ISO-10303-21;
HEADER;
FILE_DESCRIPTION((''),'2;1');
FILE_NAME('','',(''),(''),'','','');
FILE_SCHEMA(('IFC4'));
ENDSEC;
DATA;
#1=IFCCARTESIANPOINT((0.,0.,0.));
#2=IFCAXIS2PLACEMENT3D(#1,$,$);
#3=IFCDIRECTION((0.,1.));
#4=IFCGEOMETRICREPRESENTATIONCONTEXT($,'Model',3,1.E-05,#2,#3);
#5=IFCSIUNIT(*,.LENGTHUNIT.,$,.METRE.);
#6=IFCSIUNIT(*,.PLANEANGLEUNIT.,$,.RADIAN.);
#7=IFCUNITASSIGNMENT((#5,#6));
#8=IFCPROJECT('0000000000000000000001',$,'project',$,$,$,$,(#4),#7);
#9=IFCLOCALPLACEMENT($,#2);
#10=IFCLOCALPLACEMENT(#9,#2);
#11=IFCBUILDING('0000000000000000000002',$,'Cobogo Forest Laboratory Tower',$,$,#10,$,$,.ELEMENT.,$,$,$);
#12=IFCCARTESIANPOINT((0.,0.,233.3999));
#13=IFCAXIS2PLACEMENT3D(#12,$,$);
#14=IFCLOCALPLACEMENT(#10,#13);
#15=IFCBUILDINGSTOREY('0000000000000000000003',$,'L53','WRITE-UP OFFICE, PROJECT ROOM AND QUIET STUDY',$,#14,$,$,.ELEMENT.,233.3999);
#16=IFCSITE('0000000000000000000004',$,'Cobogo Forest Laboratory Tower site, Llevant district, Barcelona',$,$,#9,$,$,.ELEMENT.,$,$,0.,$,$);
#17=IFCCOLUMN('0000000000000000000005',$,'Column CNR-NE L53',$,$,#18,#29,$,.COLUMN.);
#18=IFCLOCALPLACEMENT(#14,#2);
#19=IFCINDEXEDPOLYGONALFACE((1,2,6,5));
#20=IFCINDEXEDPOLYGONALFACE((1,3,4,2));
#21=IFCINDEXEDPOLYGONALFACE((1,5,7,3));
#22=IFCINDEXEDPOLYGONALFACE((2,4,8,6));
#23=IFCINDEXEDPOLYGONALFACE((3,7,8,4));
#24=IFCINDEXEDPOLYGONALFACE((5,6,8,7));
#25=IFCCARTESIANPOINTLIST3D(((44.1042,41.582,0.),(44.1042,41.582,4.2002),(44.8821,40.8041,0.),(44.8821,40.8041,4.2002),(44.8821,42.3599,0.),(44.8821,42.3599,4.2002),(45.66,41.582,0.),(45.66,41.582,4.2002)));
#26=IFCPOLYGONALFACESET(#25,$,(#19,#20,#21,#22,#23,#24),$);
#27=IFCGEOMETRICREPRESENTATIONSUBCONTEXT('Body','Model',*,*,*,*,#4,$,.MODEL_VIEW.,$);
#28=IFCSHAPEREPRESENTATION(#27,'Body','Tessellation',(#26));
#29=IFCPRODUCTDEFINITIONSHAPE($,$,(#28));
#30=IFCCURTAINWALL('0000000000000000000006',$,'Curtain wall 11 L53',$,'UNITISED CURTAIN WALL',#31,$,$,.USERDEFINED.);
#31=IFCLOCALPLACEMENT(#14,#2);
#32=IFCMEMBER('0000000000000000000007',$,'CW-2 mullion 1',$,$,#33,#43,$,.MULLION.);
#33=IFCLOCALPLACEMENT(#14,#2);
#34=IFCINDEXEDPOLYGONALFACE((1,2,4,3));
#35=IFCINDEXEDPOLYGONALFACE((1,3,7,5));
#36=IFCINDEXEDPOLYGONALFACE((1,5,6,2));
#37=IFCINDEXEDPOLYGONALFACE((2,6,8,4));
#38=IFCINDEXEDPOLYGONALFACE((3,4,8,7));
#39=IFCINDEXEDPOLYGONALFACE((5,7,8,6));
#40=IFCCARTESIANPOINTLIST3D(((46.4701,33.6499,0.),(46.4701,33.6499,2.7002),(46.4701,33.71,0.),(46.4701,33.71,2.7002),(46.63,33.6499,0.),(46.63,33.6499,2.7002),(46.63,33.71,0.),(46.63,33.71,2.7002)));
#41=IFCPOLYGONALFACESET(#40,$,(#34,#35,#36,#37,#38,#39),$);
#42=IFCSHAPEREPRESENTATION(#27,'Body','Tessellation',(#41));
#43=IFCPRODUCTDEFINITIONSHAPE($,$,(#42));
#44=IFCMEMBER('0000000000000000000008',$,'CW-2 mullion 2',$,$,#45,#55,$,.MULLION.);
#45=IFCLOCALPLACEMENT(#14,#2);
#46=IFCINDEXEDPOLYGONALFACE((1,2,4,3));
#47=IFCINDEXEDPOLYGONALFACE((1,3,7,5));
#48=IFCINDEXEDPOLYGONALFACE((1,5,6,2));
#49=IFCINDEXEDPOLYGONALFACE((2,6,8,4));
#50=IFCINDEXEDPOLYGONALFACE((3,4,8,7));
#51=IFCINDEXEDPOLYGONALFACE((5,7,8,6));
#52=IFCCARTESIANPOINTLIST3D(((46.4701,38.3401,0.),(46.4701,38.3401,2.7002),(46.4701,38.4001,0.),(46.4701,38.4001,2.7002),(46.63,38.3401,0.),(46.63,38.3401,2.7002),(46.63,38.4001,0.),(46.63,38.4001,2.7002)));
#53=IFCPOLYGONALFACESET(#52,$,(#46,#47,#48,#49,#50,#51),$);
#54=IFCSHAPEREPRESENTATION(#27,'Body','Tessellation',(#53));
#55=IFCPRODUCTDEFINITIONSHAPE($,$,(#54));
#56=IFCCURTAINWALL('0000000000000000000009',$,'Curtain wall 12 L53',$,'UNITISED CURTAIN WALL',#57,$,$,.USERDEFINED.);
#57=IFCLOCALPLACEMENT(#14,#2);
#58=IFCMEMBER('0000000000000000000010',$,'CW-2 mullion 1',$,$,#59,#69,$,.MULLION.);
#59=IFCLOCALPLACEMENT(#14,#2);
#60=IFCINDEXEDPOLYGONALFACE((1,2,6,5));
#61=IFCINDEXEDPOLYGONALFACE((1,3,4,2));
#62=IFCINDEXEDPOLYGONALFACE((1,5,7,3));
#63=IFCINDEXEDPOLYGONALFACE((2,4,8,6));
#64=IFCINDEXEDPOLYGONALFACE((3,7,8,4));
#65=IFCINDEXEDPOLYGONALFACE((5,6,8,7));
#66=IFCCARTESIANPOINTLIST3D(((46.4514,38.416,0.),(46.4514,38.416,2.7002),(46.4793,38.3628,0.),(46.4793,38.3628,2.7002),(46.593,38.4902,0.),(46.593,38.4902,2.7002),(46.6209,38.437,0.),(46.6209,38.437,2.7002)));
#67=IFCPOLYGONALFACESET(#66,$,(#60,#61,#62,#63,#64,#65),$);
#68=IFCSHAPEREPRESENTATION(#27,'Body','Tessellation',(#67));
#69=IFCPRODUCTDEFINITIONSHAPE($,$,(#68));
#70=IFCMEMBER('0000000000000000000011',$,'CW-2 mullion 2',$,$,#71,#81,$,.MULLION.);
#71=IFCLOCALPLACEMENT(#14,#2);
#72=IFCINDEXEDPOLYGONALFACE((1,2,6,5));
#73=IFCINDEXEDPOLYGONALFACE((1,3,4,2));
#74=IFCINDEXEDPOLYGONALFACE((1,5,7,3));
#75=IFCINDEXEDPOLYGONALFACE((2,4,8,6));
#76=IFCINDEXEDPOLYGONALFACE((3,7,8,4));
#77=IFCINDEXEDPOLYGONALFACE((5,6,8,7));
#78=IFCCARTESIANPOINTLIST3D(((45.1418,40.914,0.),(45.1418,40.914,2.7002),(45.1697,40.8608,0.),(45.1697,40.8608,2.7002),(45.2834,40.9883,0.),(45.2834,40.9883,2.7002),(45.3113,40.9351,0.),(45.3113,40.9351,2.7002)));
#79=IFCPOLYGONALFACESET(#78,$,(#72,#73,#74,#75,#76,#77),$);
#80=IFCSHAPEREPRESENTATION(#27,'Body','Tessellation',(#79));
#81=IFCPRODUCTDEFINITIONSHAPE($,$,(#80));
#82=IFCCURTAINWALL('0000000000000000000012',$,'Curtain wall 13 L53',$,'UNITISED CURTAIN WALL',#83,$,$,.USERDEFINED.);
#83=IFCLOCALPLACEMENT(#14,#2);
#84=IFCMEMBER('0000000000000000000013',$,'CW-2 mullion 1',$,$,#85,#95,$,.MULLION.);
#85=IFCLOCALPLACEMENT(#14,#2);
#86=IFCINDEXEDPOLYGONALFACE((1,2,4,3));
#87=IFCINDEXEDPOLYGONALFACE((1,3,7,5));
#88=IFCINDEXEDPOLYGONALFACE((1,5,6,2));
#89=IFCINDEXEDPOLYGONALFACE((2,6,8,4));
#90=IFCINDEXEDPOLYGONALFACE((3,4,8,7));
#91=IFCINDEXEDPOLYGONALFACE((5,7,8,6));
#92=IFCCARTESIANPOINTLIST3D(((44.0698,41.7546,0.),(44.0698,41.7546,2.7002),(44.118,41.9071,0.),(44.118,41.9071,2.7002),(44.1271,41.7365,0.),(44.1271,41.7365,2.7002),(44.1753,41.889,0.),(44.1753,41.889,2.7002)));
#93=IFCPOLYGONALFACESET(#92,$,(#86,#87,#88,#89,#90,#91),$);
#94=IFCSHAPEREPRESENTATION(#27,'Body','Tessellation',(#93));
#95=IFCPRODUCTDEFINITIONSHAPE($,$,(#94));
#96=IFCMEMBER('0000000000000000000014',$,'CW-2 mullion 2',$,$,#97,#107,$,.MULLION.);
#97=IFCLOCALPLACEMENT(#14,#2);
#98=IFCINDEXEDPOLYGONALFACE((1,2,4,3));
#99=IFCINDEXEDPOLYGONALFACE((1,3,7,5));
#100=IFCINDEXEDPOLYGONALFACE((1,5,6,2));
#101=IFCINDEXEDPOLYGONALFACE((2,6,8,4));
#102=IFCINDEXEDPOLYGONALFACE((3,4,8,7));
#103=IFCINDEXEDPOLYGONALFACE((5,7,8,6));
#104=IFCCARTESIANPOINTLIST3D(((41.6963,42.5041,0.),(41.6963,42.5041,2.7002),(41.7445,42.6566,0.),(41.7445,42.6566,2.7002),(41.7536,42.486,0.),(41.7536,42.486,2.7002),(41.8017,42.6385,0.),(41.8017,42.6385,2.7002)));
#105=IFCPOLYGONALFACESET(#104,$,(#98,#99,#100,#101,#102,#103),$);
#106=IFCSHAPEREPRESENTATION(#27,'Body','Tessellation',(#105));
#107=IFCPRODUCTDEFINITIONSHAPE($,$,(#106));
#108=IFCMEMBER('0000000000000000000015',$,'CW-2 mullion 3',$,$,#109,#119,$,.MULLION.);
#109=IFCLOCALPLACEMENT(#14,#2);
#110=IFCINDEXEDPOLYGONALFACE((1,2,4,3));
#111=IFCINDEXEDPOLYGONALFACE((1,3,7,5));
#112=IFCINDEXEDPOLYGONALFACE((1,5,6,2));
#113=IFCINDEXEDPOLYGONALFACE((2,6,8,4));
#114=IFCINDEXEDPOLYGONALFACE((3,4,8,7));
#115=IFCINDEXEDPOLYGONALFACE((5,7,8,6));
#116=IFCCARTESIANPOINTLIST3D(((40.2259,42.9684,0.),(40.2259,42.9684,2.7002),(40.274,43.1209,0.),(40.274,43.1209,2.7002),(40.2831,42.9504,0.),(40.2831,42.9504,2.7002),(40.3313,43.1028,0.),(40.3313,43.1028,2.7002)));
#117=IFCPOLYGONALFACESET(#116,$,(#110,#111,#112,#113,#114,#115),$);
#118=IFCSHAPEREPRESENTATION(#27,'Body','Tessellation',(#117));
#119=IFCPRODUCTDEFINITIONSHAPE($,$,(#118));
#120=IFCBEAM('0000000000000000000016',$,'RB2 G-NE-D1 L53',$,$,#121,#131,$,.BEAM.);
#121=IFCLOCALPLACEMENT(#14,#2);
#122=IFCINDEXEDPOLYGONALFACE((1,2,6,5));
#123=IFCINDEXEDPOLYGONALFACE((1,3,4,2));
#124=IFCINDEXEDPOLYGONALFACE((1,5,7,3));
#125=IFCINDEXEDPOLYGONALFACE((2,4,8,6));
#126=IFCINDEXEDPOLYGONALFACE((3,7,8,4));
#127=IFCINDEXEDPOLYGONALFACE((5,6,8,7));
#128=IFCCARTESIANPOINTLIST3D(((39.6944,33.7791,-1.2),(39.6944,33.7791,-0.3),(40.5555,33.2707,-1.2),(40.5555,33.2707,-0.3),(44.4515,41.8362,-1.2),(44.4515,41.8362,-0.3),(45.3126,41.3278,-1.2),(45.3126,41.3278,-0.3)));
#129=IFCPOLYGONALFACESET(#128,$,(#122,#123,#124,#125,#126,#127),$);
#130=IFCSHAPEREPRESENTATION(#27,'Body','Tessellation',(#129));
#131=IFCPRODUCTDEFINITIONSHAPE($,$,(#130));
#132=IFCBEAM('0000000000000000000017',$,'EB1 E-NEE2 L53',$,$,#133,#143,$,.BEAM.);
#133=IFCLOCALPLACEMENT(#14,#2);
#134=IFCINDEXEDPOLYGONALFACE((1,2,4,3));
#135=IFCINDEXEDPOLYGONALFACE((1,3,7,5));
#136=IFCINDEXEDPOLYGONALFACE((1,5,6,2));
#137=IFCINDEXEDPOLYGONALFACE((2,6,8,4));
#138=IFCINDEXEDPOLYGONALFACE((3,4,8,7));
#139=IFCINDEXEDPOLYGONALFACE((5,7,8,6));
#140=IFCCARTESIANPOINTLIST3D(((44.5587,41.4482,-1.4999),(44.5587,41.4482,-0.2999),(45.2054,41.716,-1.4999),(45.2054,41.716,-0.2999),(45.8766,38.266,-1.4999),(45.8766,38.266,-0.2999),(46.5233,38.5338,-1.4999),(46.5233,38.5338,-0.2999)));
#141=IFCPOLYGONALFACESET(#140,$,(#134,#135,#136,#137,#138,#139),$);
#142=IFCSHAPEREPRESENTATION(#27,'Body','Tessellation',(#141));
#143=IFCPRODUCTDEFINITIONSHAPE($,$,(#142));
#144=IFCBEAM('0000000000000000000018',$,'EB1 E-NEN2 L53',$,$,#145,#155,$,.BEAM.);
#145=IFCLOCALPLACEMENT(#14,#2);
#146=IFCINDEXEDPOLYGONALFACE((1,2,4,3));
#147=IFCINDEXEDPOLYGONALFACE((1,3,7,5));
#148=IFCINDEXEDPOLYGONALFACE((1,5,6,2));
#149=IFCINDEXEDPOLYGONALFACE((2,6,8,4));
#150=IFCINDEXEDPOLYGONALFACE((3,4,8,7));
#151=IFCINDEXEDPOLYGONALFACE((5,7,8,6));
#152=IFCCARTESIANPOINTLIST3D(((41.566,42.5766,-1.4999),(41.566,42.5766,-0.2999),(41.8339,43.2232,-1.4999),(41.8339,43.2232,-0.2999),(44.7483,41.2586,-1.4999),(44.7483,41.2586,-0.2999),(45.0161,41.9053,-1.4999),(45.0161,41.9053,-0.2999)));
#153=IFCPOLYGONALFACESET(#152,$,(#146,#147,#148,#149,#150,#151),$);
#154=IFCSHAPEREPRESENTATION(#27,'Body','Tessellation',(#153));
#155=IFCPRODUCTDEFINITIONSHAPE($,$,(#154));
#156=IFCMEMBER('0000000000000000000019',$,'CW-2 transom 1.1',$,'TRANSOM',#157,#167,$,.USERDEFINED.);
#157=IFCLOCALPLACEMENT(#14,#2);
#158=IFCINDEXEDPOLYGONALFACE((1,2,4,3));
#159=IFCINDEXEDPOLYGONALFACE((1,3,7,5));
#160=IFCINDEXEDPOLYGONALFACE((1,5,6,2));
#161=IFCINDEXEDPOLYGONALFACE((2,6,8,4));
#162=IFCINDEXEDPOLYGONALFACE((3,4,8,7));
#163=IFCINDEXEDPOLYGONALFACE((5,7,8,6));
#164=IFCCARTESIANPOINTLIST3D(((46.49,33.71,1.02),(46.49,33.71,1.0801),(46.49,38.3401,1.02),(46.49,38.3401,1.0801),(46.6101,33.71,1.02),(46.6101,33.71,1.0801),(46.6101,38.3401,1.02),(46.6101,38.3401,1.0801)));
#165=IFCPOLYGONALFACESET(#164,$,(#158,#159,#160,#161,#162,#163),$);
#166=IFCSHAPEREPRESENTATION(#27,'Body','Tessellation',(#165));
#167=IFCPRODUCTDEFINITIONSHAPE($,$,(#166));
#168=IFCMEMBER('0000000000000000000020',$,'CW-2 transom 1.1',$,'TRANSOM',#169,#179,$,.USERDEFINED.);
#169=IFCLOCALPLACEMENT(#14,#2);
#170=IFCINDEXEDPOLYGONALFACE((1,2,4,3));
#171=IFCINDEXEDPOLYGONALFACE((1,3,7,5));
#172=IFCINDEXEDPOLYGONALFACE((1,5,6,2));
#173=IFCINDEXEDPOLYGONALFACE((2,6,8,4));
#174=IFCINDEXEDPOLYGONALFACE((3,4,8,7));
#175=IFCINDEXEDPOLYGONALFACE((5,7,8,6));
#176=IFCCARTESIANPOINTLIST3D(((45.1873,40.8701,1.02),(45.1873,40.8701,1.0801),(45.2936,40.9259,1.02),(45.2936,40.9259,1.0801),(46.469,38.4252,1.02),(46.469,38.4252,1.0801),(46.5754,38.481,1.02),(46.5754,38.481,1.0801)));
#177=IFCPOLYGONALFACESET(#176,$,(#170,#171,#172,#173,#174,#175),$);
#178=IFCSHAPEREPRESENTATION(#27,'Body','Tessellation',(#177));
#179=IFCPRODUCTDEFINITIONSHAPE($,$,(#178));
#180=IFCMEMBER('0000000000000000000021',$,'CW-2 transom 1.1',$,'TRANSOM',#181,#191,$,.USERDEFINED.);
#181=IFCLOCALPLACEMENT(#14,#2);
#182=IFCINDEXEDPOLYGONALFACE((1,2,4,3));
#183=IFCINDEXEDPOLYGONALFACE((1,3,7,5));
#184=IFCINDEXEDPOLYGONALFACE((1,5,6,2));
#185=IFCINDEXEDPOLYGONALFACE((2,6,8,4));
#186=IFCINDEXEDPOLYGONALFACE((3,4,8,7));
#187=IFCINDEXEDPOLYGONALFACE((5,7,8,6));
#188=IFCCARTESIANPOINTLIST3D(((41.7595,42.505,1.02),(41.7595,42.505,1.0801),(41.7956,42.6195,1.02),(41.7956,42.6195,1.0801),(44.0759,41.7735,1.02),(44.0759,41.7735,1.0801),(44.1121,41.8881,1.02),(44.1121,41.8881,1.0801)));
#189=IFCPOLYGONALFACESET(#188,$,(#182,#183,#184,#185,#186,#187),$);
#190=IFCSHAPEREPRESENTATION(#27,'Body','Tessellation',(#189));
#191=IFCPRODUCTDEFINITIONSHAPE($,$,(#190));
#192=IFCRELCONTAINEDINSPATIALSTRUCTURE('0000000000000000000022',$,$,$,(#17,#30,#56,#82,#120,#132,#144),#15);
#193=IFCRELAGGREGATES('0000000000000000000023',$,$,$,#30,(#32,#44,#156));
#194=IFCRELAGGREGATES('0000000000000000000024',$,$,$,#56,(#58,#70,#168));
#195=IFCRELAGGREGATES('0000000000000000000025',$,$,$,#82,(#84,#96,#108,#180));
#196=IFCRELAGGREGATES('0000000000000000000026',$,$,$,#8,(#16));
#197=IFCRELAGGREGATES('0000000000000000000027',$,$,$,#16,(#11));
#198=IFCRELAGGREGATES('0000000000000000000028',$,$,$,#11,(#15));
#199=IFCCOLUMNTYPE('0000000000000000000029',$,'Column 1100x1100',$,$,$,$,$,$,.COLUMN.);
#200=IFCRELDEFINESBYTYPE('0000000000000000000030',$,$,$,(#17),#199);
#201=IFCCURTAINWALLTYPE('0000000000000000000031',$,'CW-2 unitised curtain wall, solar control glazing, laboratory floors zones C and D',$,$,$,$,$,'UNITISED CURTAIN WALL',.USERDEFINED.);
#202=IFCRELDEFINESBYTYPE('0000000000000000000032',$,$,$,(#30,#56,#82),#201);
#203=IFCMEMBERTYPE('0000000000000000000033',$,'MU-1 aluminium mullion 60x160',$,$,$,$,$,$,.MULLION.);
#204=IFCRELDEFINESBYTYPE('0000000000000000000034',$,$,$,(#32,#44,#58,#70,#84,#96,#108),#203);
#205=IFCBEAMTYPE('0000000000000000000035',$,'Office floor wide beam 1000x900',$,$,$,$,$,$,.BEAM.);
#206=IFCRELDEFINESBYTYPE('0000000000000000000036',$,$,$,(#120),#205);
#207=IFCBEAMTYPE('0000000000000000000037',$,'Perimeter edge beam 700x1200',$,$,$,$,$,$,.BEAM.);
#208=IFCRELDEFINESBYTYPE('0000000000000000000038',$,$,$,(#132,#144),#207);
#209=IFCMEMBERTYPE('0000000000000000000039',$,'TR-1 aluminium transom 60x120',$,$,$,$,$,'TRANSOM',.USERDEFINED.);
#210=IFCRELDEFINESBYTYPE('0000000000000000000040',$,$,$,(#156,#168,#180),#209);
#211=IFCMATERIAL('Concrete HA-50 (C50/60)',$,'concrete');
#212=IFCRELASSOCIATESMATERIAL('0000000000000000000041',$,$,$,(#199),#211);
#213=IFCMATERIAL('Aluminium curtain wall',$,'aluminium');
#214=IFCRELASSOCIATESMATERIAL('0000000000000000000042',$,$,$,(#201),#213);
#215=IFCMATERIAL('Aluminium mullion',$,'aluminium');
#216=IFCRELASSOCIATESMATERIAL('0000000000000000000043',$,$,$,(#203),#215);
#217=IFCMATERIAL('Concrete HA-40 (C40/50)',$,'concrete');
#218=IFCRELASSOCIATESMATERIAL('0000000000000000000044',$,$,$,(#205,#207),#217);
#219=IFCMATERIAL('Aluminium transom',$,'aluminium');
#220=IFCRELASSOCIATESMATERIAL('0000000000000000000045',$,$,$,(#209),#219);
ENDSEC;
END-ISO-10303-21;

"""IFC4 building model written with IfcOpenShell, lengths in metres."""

from ifc_helpers import new_model, si_unit, direction, frame, origin, origin_2d, place, context, subcontext, project, spatial, rectangle, extrude, material, material_profile, profile_set, type_object, element, aggregate, save


model = new_model("IFC4")

# Units and contexts
model_context = context("Model", 3, precision=1e-05, world=origin(), true_north=direction((0.0, 1.0)))
body_context = subcontext(model_context, "Body", "Model", "MODEL_VIEW")
ifc_project = project(units=[si_unit("LENGTHUNIT", "METRE"), si_unit("PLANEANGLEUNIT", "RADIAN")], contexts=[model_context])

# Site, building, storey
site_placement = place(None, origin())
site = spatial("IfcSite", under=ifc_project, at=site_placement, Name="Cobogo Forest Laboratory Tower site, Llevant district, Barcelona", CompositionType="ELEMENT", RefElevation=0.0)
building_placement = place(site_placement, origin())
building = spatial("IfcBuilding", under=site, at=building_placement, Name="Cobogo Forest Laboratory Tower", CompositionType="ELEMENT")
storey_placement = place(building_placement, frame((0.0, 0.0, 233.3999)))
storey = spatial("IfcBuildingStorey", under=building, at=storey_placement, Name="L53", Description="WRITE-UP OFFICE, PROJECT ROOM AND QUIET STUDY", CompositionType="ELEMENT", Elevation=233.3999)

# Column
ifc_material_1 = material(Name="Concrete HA-50 (C50/60)", Category="concrete")
ifc_material_profile_1 = material_profile(ifc_material_1, rectangle(XDim=1.1001, YDim=1.1001, at=origin_2d()), Name="RC 1100x1100")
ifc_profile_set_1 = profile_set([ifc_material_profile_1], Name="Concrete HA-50 (C50/60)")
column_type = type_object("IfcColumnType", Name="Column 1100x1100", PredefinedType="COLUMN", material=ifc_profile_set_1)
column_placement = place(storey_placement, frame((44.8821, 41.582, 0.0), z_axis=(0.0, 0.0, 1.0), x_axis=(0.707107, 0.707107, 0.0)))
element("IfcColumn", 1, at=column_placement, inside=storey, type_object=column_type, Name="Column CNR-NE L53", PredefinedType="COLUMN", context=body_context, shape_type="SweptSolid", body=[
    extrude(rectangle(XDim=1.1001, YDim=1.1001, at=origin_2d()), origin(), (0.0, 0.0, 1.0), 4.2002),
])

# Curtain walls, members
ifc_material_2 = material(Name="Aluminium curtain wall", Category="aluminium")
curtain_wall_type = type_object("IfcCurtainWallType", Name="CW-2 unitised curtain wall, solar control glazing, laboratory floors zones C and D", ElementType="UNITISED CURTAIN WALL", PredefinedType="USERDEFINED", material=ifc_material_2)
curtain_wall_1_placement = place(storey_placement, origin())
curtain_wall_1 = element("IfcCurtainWall", 2, at=curtain_wall_1_placement, inside=storey, type_object=curtain_wall_type, Name="Curtain wall 11 L53", ObjectType="UNITISED CURTAIN WALL", PredefinedType="USERDEFINED")
ifc_material_3 = material(Name="Aluminium mullion", Category="aluminium")
ifc_material_profile_2 = material_profile(ifc_material_3, rectangle(XDim=0.0601, YDim=0.1599, at=origin_2d()), Name="AL 60x160")
ifc_profile_set_2 = profile_set([ifc_material_profile_2], Name="Aluminium mullion")
member_type_1 = type_object("IfcMemberType", Name="MU-1 aluminium mullion 60x160", PredefinedType="MULLION", material=ifc_profile_set_2)
member_1_placement = place(storey_placement, frame((46.55, 33.6799, 0.0), z_axis=(0.0, 0.0, 1.0), x_axis=(0.0, 1.0, 0.0)))
member_1 = element("IfcMember", 3, at=member_1_placement, type_object=member_type_1, Name="CW-2 mullion 1", PredefinedType="MULLION", context=body_context, shape_type="SweptSolid", body=[
    extrude(rectangle(XDim=0.0601, YDim=0.1599, at=origin_2d()), origin(), (0.0, 0.0, 1.0), 2.7002),
])
member_2_placement = place(storey_placement, frame((46.55, 38.3701, 0.0), z_axis=(0.0, 0.0, 1.0), x_axis=(0.0, 1.0, 0.0)))
member_2 = element("IfcMember", 4, at=member_2_placement, type_object=member_type_1, Name="CW-2 mullion 2", PredefinedType="MULLION", context=body_context, shape_type="SweptSolid", body=[
    extrude(rectangle(XDim=0.0601, YDim=0.1599, at=origin_2d()), origin(), (0.0, 0.0, 1.0), 2.7002),
])
curtain_wall_2_placement = place(storey_placement, origin())
curtain_wall_2 = element("IfcCurtainWall", 5, at=curtain_wall_2_placement, inside=storey, type_object=curtain_wall_type, Name="Curtain wall 12 L53", ObjectType="UNITISED CURTAIN WALL", PredefinedType="USERDEFINED")
member_3_placement = place(storey_placement, frame((46.5361, 38.4265, 0.0), z_axis=(0.0, 0.0, 1.0), x_axis=(-0.464284, 0.885686, 0.0)))
member_3 = element("IfcMember", 6, at=member_3_placement, type_object=member_type_1, Name="CW-2 mullion 1", PredefinedType="MULLION", context=body_context, shape_type="SweptSolid", body=[
    extrude(rectangle(XDim=0.0601, YDim=0.1599, at=origin_2d()), origin(), (0.0, 0.0, 1.0), 2.7002),
])
member_4_placement = place(storey_placement, frame((45.2266, 40.9246, 0.0), z_axis=(0.0, 0.0, 1.0), x_axis=(-0.464284, 0.885686, 0.0)))
member_4 = element("IfcMember", 7, at=member_4_placement, type_object=member_type_1, Name="CW-2 mullion 2", PredefinedType="MULLION", context=body_context, shape_type="SweptSolid", body=[
    extrude(rectangle(XDim=0.0601, YDim=0.1599, at=origin_2d()), origin(), (0.0, 0.0, 1.0), 2.7002),
])
curtain_wall_3_placement = place(storey_placement, origin())
curtain_wall_3 = element("IfcCurtainWall", 8, at=curtain_wall_3_placement, inside=storey, type_object=curtain_wall_type, Name="Curtain wall 13 L53", ObjectType="UNITISED CURTAIN WALL", PredefinedType="USERDEFINED")
member_5_placement = place(storey_placement, frame((44.1226, 41.8218, 0.0), z_axis=(0.0, 0.0, 1.0), x_axis=(-0.953581, 0.301136, 0.0)))
member_5 = element("IfcMember", 9, at=member_5_placement, type_object=member_type_1, Name="CW-2 mullion 1", PredefinedType="MULLION", context=body_context, shape_type="SweptSolid", body=[
    extrude(rectangle(XDim=0.0601, YDim=0.1599, at=origin_2d()), origin(), (0.0, 0.0, 1.0), 2.7002),
])
member_6_placement = place(storey_placement, frame((41.749, 42.5713, 0.0), z_axis=(0.0, 0.0, 1.0), x_axis=(-0.953581, 0.301136, 0.0)))
member_6 = element("IfcMember", 10, at=member_6_placement, type_object=member_type_1, Name="CW-2 mullion 2", PredefinedType="MULLION", context=body_context, shape_type="SweptSolid", body=[
    extrude(rectangle(XDim=0.0601, YDim=0.1599, at=origin_2d()), origin(), (0.0, 0.0, 1.0), 2.7002),
])
member_7_placement = place(storey_placement, frame((40.2786, 43.0356, 0.0), z_axis=(0.0, 0.0, 1.0), x_axis=(-0.953581, 0.301136, 0.0)))
member_7 = element("IfcMember", 11, at=member_7_placement, type_object=member_type_1, Name="CW-2 mullion 3", PredefinedType="MULLION", context=body_context, shape_type="SweptSolid", body=[
    extrude(rectangle(XDim=0.0601, YDim=0.1599, at=origin_2d()), origin(), (0.0, 0.0, 1.0), 2.7002),
])

# Beams
ifc_material_4 = material(Name="Concrete HA-40 (C40/50)", Category="concrete")
ifc_material_profile_3 = material_profile(ifc_material_4, rectangle(XDim=1.0, YDim=0.8999, at=origin_2d()), Name="RC 1000x900")
ifc_profile_set_3 = profile_set([ifc_material_profile_3], Name="Concrete HA-40 (C40/50)")
beam_type_1 = type_object("IfcBeamType", Name="Office floor wide beam 1000x900", PredefinedType="BEAM", material=ifc_profile_set_3)
beam_placement = place(storey_placement, frame((44.8821, 41.582, -0.75), z_axis=(-0.508416, -0.861111, 0.0), x_axis=(0.861111, -0.508416, 0.0)))
element("IfcBeam", 12, at=beam_placement, inside=storey, type_object=beam_type_1, Name="RB2 G-NE-D1 L53", PredefinedType="BEAM", context=body_context, shape_type="SweptSolid", body=[
    extrude(rectangle(XDim=1.0, YDim=0.8999, at=origin_2d()), origin(), (0.0, 0.0, 1.0), 9.3567),
])
ifc_material_profile_4 = material_profile(ifc_material_4, rectangle(XDim=0.7, YDim=1.2, at=origin_2d()), Name="RC 700x1200")
ifc_profile_set_4 = profile_set([ifc_material_profile_4], Name="Concrete HA-40 (C40/50)")
beam_type_2 = type_object("IfcBeamType", Name="Perimeter edge beam 700x1200", PredefinedType="BEAM", material=ifc_profile_set_4)
for number, where, z_axis, x_axis, name in (
    (13, (46.2, 38.3999, -0.8999), (-0.382631, 0.923901, 0.0), (-0.923901, -0.382631, 0.0), "EB1 E-NEE2 L53"),
    (14, (41.7, 42.8999, -0.8999), (0.923901, -0.382631, 0.0), (0.382631, 0.923901, 0.0), "EB1 E-NEN2 L53"),
):
    element("IfcBeam", number, at=place(storey_placement, frame(where, z_axis=z_axis, x_axis=x_axis)), inside=storey, type_object=beam_type_2, Name=name, PredefinedType="BEAM", context=body_context, shape_type="SweptSolid", body=[
        extrude(rectangle(XDim=0.7, YDim=1.2, at=origin_2d()), origin(), (0.0, 0.0, 1.0), 3.4443),
    ])

# Members
ifc_material_5 = material(Name="Aluminium transom", Category="aluminium")
ifc_material_profile_5 = material_profile(ifc_material_5, rectangle(XDim=0.1201, YDim=0.0601, at=origin_2d()), Name="AL 60x120")
ifc_profile_set_5 = profile_set([ifc_material_profile_5], Name="Aluminium transom")
member_type_2 = type_object("IfcMemberType", Name="TR-1 aluminium transom 60x120", ElementType="TRANSOM", PredefinedType="USERDEFINED", material=ifc_profile_set_5)
member_8_placement = place(storey_placement, frame((46.55, 33.71, 1.05), z_axis=(0.0, 1.0, 0.0), x_axis=(-1.0, 0.0, 0.0)))
member_8 = element("IfcMember", 15, at=member_8_placement, type_object=member_type_2, Name="CW-2 transom 1.1", ObjectType="TRANSOM", PredefinedType="USERDEFINED", context=body_context, shape_type="SweptSolid", body=[
    extrude(rectangle(XDim=0.1201, YDim=0.0601, at=origin_2d()), origin(), (0.0, 0.0, 1.0), 4.6301),
])
member_9_placement = place(storey_placement, frame((46.5222, 38.4531, 1.05), z_axis=(-0.464324, 0.885665, 0.0), x_axis=(-0.885665, -0.464324, 0.0)))
member_9 = element("IfcMember", 16, at=member_9_placement, type_object=member_type_2, Name="CW-2 transom 1.1", ObjectType="TRANSOM", PredefinedType="USERDEFINED", context=body_context, shape_type="SweptSolid", body=[
    extrude(rectangle(XDim=0.1201, YDim=0.0601, at=origin_2d()), origin(), (0.0, 0.0, 1.0), 2.7605),
])
member_10_placement = place(storey_placement, frame((44.094, 41.8308, 1.05), z_axis=(-0.953589, 0.301112, 0.0), x_axis=(-0.301112, -0.953589, 0.0)))
member_10 = element("IfcMember", 17, at=member_10_placement, type_object=member_type_2, Name="CW-2 transom 1.1", ObjectType="TRANSOM", PredefinedType="USERDEFINED", context=body_context, shape_type="SweptSolid", body=[
    extrude(rectangle(XDim=0.1201, YDim=0.0601, at=origin_2d()), origin(), (0.0, 0.0, 1.0), 2.4292),
])

aggregate(curtain_wall_1, [member_1, member_2, member_8])
aggregate(curtain_wall_2, [member_3, member_4, member_9])
aggregate(curtain_wall_3, [member_5, member_6, member_7, member_10])

save(model, "model.ifc")
